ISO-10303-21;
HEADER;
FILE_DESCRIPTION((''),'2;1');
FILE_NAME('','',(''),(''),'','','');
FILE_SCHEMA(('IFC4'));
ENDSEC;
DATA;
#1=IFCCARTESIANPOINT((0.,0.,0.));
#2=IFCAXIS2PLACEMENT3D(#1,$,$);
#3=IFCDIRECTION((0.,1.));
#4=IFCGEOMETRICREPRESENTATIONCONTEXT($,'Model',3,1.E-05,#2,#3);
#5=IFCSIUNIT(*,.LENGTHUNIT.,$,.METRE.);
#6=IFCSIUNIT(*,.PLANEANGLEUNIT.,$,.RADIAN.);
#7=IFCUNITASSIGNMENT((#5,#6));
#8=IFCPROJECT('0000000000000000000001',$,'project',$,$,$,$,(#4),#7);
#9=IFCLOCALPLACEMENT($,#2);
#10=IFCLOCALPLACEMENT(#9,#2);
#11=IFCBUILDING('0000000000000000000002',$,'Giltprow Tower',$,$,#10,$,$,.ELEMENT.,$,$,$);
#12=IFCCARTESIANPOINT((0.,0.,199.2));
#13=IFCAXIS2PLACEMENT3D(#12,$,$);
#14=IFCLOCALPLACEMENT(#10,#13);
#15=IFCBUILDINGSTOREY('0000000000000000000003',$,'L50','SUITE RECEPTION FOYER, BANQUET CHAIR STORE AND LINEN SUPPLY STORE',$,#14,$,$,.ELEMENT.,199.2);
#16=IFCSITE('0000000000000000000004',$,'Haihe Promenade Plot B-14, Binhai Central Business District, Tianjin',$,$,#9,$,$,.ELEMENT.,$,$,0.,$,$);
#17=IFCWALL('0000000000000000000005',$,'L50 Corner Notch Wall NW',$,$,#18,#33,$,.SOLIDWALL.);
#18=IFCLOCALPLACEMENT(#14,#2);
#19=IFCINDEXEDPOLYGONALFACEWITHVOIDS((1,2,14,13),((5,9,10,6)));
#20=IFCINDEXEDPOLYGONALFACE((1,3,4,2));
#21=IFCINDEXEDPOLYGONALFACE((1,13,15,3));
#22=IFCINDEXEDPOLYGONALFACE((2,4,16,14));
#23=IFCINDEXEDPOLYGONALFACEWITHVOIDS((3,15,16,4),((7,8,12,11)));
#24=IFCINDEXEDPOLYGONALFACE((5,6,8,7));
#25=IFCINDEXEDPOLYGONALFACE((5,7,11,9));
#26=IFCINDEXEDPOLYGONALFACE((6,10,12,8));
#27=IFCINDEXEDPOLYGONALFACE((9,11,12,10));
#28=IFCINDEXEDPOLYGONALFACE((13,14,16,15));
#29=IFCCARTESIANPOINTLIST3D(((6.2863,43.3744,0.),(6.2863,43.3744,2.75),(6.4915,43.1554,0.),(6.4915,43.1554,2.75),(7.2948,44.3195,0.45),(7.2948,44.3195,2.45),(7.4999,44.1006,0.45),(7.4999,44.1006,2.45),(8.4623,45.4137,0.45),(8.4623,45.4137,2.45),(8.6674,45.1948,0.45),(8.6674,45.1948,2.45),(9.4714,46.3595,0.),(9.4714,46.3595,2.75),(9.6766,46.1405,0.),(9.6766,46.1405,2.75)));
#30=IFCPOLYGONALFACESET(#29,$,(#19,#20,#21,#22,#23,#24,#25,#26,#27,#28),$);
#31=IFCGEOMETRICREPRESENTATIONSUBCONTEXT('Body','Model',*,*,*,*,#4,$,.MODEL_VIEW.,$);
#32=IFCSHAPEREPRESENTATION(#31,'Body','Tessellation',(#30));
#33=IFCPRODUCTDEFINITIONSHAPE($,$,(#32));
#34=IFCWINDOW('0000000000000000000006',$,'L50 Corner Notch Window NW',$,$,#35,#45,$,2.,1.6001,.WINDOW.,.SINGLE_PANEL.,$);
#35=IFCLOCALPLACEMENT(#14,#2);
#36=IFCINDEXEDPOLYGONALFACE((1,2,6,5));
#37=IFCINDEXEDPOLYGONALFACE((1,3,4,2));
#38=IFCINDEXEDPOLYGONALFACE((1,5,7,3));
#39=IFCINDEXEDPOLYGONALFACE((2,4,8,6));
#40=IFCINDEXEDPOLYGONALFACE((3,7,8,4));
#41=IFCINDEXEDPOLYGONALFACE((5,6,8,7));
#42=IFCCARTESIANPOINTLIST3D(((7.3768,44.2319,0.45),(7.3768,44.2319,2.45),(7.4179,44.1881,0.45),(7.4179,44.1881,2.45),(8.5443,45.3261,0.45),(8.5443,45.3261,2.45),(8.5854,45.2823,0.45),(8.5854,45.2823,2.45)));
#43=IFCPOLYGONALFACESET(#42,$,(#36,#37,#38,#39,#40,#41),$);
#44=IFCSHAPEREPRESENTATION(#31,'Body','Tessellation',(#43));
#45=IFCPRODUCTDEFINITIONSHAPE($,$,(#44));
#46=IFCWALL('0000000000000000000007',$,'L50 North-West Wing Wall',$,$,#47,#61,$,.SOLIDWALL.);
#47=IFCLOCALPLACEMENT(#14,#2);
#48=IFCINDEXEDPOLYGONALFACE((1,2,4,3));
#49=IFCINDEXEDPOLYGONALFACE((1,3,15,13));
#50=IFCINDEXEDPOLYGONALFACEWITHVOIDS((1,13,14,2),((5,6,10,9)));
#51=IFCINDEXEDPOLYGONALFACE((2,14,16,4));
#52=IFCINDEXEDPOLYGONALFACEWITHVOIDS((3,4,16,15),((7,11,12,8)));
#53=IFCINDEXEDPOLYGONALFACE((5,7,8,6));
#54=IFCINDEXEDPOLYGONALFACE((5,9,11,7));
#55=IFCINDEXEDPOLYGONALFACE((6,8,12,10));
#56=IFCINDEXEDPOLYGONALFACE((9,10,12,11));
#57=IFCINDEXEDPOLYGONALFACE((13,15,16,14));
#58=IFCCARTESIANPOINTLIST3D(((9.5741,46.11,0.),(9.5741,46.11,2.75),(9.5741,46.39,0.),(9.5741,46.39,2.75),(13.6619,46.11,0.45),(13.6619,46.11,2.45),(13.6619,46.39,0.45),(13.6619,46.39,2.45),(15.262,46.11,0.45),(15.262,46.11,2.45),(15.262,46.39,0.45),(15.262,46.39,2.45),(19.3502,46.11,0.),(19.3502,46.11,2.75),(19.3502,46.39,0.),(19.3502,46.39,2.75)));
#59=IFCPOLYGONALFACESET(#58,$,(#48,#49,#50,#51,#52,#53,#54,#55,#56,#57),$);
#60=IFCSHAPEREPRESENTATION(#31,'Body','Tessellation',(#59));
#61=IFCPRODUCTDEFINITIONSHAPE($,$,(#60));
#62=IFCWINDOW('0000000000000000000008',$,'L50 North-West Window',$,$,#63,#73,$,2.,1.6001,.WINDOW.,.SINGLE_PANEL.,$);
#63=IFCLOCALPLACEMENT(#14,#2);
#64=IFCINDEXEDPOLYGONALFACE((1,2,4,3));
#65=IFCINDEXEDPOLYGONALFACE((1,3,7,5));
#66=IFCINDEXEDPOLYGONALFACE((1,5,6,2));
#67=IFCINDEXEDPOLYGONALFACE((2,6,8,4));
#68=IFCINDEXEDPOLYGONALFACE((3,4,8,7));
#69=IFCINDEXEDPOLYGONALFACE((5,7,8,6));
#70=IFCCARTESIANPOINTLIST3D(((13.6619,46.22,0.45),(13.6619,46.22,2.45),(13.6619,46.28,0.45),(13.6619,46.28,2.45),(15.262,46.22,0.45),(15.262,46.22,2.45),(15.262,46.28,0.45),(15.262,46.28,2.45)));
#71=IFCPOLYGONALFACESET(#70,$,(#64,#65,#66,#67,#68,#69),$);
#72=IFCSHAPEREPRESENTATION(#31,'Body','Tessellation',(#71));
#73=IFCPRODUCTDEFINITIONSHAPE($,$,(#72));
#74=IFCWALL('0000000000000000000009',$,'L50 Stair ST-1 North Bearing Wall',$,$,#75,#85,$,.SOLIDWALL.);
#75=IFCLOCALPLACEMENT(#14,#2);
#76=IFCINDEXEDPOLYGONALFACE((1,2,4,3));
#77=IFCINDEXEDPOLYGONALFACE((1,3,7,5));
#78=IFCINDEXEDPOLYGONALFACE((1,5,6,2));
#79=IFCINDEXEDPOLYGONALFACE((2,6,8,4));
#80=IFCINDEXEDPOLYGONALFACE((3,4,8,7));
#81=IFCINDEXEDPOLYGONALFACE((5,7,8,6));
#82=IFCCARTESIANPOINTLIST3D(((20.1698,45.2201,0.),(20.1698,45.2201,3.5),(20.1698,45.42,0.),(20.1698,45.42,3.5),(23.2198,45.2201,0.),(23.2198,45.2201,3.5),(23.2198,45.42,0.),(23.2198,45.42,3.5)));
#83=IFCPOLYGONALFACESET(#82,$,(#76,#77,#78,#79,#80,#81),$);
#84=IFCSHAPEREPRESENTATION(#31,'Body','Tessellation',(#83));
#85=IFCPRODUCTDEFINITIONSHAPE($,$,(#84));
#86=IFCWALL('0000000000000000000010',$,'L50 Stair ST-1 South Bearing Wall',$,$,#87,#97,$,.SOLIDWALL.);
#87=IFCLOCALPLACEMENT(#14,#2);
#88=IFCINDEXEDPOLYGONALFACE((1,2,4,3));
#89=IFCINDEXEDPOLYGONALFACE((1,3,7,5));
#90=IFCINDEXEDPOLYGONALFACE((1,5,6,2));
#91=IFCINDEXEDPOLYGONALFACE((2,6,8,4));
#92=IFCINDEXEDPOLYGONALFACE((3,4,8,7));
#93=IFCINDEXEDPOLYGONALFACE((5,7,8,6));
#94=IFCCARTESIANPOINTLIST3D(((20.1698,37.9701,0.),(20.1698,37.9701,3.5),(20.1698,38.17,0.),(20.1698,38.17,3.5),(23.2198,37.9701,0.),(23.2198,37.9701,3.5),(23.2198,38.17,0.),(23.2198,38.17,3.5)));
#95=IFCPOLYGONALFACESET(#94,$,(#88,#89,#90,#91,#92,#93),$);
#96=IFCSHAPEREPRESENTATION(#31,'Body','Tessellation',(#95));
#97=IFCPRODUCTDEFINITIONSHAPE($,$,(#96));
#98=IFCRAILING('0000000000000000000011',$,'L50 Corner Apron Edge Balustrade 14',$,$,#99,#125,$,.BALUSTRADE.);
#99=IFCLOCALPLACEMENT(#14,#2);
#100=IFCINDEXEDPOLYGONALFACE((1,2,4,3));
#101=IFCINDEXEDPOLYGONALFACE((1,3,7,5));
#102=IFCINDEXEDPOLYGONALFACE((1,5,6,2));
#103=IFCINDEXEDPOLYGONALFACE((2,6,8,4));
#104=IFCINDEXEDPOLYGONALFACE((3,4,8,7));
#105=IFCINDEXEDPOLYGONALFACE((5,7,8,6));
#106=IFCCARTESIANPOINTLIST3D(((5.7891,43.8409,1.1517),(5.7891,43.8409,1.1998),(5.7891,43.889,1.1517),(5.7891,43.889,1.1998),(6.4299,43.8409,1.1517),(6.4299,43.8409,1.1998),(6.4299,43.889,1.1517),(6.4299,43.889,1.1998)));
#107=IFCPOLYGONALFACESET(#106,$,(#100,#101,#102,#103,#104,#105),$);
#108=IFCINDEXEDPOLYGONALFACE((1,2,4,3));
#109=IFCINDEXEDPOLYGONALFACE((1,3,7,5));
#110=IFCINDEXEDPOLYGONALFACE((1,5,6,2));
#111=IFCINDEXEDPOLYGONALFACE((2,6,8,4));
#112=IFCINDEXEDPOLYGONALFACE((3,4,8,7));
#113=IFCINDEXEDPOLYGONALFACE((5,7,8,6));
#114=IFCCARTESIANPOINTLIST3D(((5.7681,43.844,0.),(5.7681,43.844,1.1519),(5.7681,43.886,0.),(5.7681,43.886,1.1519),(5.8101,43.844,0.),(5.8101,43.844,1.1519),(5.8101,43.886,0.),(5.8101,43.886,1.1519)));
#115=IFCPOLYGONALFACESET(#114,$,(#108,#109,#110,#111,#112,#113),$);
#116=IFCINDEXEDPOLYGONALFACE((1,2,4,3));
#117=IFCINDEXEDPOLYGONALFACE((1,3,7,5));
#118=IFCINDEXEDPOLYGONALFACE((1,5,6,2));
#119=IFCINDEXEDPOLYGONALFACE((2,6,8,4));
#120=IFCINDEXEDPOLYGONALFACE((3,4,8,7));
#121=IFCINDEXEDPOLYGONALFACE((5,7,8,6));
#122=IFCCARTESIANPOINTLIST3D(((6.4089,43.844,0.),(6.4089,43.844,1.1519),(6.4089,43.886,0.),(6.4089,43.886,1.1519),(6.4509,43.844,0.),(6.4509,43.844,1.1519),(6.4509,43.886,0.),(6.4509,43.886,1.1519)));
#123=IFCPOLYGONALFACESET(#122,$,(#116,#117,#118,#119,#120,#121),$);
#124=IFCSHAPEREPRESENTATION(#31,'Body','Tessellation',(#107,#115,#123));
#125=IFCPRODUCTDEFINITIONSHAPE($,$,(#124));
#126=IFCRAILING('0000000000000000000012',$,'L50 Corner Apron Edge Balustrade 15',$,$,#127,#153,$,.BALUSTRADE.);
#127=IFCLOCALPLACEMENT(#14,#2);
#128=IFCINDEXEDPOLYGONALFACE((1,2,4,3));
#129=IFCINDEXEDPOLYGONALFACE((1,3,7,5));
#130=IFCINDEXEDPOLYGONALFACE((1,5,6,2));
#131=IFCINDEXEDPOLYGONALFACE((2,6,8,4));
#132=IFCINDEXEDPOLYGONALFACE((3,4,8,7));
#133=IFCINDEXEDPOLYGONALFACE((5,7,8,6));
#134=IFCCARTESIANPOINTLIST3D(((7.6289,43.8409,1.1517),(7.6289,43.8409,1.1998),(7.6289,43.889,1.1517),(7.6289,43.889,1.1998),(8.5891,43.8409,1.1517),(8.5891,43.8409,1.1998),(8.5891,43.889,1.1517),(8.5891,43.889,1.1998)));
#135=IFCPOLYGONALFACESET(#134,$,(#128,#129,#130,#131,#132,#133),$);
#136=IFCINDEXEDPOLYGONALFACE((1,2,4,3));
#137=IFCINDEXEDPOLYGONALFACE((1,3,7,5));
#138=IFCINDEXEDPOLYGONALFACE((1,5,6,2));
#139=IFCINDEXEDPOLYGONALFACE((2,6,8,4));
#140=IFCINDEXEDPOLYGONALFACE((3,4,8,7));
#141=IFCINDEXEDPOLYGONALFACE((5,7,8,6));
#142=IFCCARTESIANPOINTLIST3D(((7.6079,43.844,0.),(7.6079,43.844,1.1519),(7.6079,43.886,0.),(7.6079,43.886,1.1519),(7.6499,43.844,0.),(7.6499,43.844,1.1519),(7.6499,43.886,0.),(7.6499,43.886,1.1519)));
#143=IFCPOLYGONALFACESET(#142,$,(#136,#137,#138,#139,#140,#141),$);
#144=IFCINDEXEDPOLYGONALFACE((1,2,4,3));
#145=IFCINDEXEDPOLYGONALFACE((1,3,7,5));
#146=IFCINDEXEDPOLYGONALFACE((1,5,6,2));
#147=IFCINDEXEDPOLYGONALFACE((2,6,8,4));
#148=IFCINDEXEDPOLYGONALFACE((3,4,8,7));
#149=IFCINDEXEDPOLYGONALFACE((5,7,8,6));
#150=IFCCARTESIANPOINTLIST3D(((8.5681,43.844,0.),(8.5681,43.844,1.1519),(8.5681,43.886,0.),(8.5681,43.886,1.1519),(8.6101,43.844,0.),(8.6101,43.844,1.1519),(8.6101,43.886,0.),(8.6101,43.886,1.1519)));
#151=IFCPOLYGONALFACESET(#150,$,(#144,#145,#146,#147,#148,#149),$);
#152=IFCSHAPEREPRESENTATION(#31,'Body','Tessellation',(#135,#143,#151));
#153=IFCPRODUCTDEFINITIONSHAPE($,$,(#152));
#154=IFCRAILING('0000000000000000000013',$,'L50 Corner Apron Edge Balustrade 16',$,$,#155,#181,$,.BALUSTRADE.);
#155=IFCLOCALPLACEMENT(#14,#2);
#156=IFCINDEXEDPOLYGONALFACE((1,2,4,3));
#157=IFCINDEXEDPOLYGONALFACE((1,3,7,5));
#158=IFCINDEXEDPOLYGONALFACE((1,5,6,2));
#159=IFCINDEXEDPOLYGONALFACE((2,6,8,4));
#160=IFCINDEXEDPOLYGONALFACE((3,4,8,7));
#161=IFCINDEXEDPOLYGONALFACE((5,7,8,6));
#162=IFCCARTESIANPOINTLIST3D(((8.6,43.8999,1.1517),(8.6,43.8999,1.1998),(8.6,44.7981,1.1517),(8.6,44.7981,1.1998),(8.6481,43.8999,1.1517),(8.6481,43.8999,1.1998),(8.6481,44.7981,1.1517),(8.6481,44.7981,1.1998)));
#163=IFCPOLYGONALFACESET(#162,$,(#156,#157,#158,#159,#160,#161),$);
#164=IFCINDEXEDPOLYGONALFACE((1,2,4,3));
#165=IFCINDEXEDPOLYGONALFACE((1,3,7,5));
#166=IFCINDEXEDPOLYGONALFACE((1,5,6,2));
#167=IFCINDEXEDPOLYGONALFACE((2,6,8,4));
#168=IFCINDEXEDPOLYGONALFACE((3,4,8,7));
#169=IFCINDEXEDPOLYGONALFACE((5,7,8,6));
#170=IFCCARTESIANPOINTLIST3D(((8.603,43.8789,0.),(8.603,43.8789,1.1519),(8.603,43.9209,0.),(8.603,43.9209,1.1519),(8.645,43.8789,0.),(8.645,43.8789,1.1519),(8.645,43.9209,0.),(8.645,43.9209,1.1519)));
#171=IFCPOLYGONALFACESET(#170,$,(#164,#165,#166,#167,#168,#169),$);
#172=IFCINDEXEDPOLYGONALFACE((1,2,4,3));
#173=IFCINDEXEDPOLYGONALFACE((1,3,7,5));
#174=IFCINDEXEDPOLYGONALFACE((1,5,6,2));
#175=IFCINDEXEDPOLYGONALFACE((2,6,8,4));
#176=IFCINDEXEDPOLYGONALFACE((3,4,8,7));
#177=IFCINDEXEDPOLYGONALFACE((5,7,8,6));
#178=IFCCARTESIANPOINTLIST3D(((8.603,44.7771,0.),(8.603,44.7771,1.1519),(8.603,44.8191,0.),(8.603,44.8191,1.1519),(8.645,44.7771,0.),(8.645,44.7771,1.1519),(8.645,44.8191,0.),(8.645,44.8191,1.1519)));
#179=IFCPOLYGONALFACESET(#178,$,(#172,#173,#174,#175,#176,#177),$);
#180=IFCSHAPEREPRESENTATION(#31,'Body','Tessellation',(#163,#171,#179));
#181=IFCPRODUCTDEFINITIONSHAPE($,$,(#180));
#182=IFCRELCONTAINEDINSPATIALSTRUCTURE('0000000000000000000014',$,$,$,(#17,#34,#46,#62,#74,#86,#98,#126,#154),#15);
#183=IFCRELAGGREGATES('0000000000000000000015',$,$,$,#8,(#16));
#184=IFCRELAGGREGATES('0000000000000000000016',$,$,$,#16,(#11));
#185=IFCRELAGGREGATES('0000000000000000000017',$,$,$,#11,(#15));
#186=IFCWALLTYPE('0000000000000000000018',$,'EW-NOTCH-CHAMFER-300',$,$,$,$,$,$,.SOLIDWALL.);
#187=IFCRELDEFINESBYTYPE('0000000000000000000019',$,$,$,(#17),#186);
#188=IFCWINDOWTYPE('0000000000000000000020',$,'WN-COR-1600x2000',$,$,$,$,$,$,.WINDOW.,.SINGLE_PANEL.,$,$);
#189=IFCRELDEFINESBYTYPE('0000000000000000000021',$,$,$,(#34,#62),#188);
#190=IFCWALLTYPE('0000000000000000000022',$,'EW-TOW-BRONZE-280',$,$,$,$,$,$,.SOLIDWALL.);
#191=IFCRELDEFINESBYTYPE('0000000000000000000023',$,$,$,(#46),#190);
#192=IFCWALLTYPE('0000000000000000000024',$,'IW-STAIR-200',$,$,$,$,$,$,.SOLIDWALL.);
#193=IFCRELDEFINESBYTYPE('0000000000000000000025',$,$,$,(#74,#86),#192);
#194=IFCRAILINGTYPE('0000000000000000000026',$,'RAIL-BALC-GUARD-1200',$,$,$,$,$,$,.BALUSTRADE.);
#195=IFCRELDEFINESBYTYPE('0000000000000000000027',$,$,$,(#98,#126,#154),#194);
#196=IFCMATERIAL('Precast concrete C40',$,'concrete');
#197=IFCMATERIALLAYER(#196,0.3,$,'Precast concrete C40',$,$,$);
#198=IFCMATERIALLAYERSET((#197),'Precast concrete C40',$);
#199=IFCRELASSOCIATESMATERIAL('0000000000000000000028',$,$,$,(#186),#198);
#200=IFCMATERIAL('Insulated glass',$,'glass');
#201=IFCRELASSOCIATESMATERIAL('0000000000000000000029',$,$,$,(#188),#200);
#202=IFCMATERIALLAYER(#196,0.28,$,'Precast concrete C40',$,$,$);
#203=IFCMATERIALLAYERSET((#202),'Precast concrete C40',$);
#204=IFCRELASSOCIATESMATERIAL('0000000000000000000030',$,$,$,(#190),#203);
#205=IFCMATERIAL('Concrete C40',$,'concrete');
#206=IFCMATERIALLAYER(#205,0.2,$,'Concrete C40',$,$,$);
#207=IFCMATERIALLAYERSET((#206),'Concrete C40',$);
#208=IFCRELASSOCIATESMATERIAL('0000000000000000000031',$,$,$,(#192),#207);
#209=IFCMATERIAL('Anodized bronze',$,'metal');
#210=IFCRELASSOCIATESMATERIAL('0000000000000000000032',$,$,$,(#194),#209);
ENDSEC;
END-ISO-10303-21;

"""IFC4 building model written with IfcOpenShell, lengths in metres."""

from ifc_helpers import new_model, si_unit, direction, frame, frame_2d, origin, origin_2d, place, context, subcontext, project, spatial, rectangle, extrude, source, transform, mapped, material, layer, layer_set, type_object, element, fill, save


model = new_model("IFC4")

# Units and contexts
model_context = context("Model", 3, precision=1e-05, world=origin(), true_north=direction((0.0, 1.0)))
body_context = subcontext(model_context, "Body", "Model", "MODEL_VIEW")
ifc_project = project(units=[si_unit("LENGTHUNIT", "METRE"), si_unit("PLANEANGLEUNIT", "RADIAN")], contexts=[model_context])

# Site, building, storey
site_placement = place(None, origin())
site = spatial("IfcSite", under=ifc_project, at=site_placement, Name="Haihe Promenade Plot B-14, Binhai Central Business District, Tianjin", CompositionType="ELEMENT", RefElevation=0.0)
building_placement = place(site_placement, origin())
building = spatial("IfcBuilding", under=site, at=building_placement, Name="Giltprow Tower", CompositionType="ELEMENT")
storey_placement = place(building_placement, frame((0.0, 0.0, 199.2)))
storey = spatial("IfcBuildingStorey", under=building, at=storey_placement, Name="L50", Description="SUITE RECEPTION FOYER, BANQUET CHAIR STORE AND LINEN SUPPLY STORE", CompositionType="ELEMENT", Elevation=199.2)

# Walls, openings, windows
ifc_material_1 = material(Name="Precast concrete C40", Category="concrete")
ifc_layer_1 = layer(ifc_material_1, 0.3, Name="Precast concrete C40")
ifc_layer_set_1 = layer_set([ifc_layer_1], Name="Precast concrete C40")
wall_type_1 = type_object("IfcWallType", Name="EW-NOTCH-CHAMFER-300", PredefinedType="SOLIDWALL", material=ifc_layer_set_1)
wall_1_placement = place(storey_placement, frame((9.574, 46.25, 0.0), z_axis=(0.0, 0.0, 1.0), x_axis=(-0.729638, -0.683833, 0.0)))
wall_1 = element("IfcWall", 1, at=wall_1_placement, inside=storey, type_object=wall_type_1, Name="L50 Corner Notch Wall NW", PredefinedType="SOLIDWALL", context=body_context, shape_type="SweptSolid", body=[
    extrude(rectangle(XDim=4.3652, YDim=0.3, at=frame_2d((2.1826, 0.0))), origin(), (0.0, 0.0, 1.0), 2.75),
])
opening_1_placement = place(wall_1_placement, frame((1.3831, 0.0, 0.45)))
opening_1 = element("IfcOpeningElement", 2, at=opening_1_placement, cuts=wall_1, PredefinedType="OPENING", context=body_context, shape_type="SweptSolid", body=[
    extrude(rectangle(XDim=1.6001, YDim=2.0, at=frame_2d((0.8, 1.0))), frame((0.0, 0.1599, 0.0), z_axis=(0.0, -1.0, 0.0), x_axis=(1.0, 0.0, 0.0)), (0.0, 0.0, 1.0), 0.3201),
])
ifc_material_2 = material(Name="Insulated glass", Category="glass")
window_type = type_object("IfcWindowType", Name="WN-COR-1600x2000", PartitioningType="SINGLE_PANEL", PredefinedType="WINDOW", material=ifc_material_2)
shared_shape_1 = source(origin(), body_context, "Body", "SweptSolid", [
    extrude(rectangle(XDim=1.6001, YDim=2.0, at=frame_2d((0.8, 1.0))), frame((0.0, 0.03, 0.0), z_axis=(0.0, -1.0, 0.0), x_axis=(1.0, 0.0, 0.0)), (0.0, 0.0, 1.0), 0.0601),
])
window_1_placement = place(opening_1_placement, origin())
window_1 = element("IfcWindow", 3, at=window_1_placement, inside=storey, type_object=window_type, Name="L50 Corner Notch Window NW", OverallHeight=2.0, OverallWidth=1.6001, PartitioningType="SINGLE_PANEL", PredefinedType="WINDOW", context=body_context, shape_type="MappedRepresentation", body=[
    mapped(shared_shape_1, transform((0.0, 0.0, 0.0), x_axis=(1.0, 0.0, 0.0), y_axis=(0.0, 1.0, 0.0), z_axis=(0.0, 0.0, 1.0), scale=1.0)),
])
fill(opening_1, window_1)
ifc_layer_2 = layer(ifc_material_1, 0.28, Name="Precast concrete C40")
ifc_layer_set_2 = layer_set([ifc_layer_2], Name="Precast concrete C40")
wall_type_2 = type_object("IfcWallType", Name="EW-TOW-BRONZE-280", PredefinedType="SOLIDWALL", material=ifc_layer_set_2)
wall_2_placement = place(storey_placement, frame((9.574, 46.25, 0.0), z_axis=(0.0, 0.0, 1.0), x_axis=(1.0, 0.0, 0.0)))
wall_2 = element("IfcWall", 4, at=wall_2_placement, inside=storey, type_object=wall_type_2, Name="L50 North-West Wing Wall", PredefinedType="SOLIDWALL", context=body_context, shape_type="SweptSolid", body=[
    extrude(rectangle(XDim=9.7761, YDim=0.28, at=frame_2d((4.8882, 0.0))), origin(), (0.0, 0.0, 1.0), 2.75),
])
opening_2_placement = place(wall_2_placement, frame((4.0879, 0.0, 0.45)))
opening_2 = element("IfcOpeningElement", 5, at=opening_2_placement, cuts=wall_2, PredefinedType="OPENING", context=body_context, shape_type="SweptSolid", body=[
    extrude(rectangle(XDim=1.6001, YDim=2.0, at=frame_2d((0.8, 1.0))), frame((0.0, 0.1499, 0.0), z_axis=(0.0, -1.0, 0.0), x_axis=(1.0, 0.0, 0.0)), (0.0, 0.0, 1.0), 0.3),
])
window_2_placement = place(opening_2_placement, origin())
window_2 = element("IfcWindow", 6, at=window_2_placement, inside=storey, type_object=window_type, Name="L50 North-West Window", OverallHeight=2.0, OverallWidth=1.6001, PartitioningType="SINGLE_PANEL", PredefinedType="WINDOW", context=body_context, shape_type="MappedRepresentation", body=[
    mapped(shared_shape_1, transform((0.0, 0.0, 0.0), x_axis=(1.0, 0.0, 0.0), y_axis=(0.0, 1.0, 0.0), z_axis=(0.0, 0.0, 1.0), scale=1.0)),
])
fill(opening_2, window_2)

# Walls
ifc_material_3 = material(Name="Concrete C40", Category="concrete")
ifc_layer_3 = layer(ifc_material_3, 0.2, Name="Concrete C40")
ifc_layer_set_3 = layer_set([ifc_layer_3], Name="Concrete C40")
wall_type_3 = type_object("IfcWallType", Name="IW-STAIR-200", PredefinedType="SOLIDWALL", material=ifc_layer_set_3)
for number, where, z_axis, x_axis, name in (
    (7, (20.1699, 45.3201, 0.0), (0.0, 0.0, 1.0), (1.0, 0.0, 0.0), "L50 Stair ST-1 North Bearing Wall"),
    (8, (20.1699, 38.0701, 0.0), (0.0, 0.0, 1.0), (1.0, 0.0, 0.0), "L50 Stair ST-1 South Bearing Wall"),
):
    element("IfcWall", number, at=place(storey_placement, frame(where, z_axis=z_axis, x_axis=x_axis)), inside=storey, type_object=wall_type_3, Name=name, PredefinedType="SOLIDWALL", context=body_context, shape_type="SweptSolid", body=[
        extrude(rectangle(XDim=3.05, YDim=0.2, at=frame_2d((1.5249, 0.0))), origin(), (0.0, 0.0, 1.0), 3.5),
    ])

# Railings
ifc_material_4 = material(Name="Anodized bronze", Category="metal")
railing_type = type_object("IfcRailingType", Name="RAIL-BALC-GUARD-1200", PredefinedType="BALUSTRADE", material=ifc_material_4)
railing_1_placement = place(storey_placement, frame((5.7891, 43.865, 0.0)))
element("IfcRailing", 9, at=railing_1_placement, inside=storey, type_object=railing_type, Name="L50 Corner Apron Edge Balustrade 14", PredefinedType="BALUSTRADE", context=body_context, shape_type="SweptSolid", body=[
    extrude(rectangle(XDim=0.0481, YDim=0.0481, at=origin_2d()), frame((0.0, 0.0, 1.1758), z_axis=(1.0, 0.0, 0.0), x_axis=(0.0, 1.0, 0.0)), (0.0, 0.0, 1.0), 0.6409),
    extrude(rectangle(XDim=0.042, YDim=0.042, at=origin_2d()), origin(), (0.0, 0.0, 1.0), 1.1519),
    extrude(rectangle(XDim=0.042, YDim=0.042, at=origin_2d()), frame((0.6409, 0.0, 0.0)), (0.0, 0.0, 1.0), 1.1519),
])
railing_2_placement = place(storey_placement, frame((7.6289, 43.865, 0.0)))
element("IfcRailing", 10, at=railing_2_placement, inside=storey, type_object=railing_type, Name="L50 Corner Apron Edge Balustrade 15", PredefinedType="BALUSTRADE", context=body_context, shape_type="SweptSolid", body=[
    extrude(rectangle(XDim=0.0481, YDim=0.0481, at=origin_2d()), frame((0.0, 0.0, 1.1758), z_axis=(1.0, 0.0, 0.0), x_axis=(0.0, 1.0, 0.0)), (0.0, 0.0, 1.0), 0.9602),
    extrude(rectangle(XDim=0.042, YDim=0.042, at=origin_2d()), origin(), (0.0, 0.0, 1.0), 1.1519),
    extrude(rectangle(XDim=0.042, YDim=0.042, at=origin_2d()), frame((0.9602, 0.0, 0.0)), (0.0, 0.0, 1.0), 1.1519),
])
railing_3_placement = place(storey_placement, frame((8.624, 43.8999, 0.0)))
element("IfcRailing", 11, at=railing_3_placement, inside=storey, type_object=railing_type, Name="L50 Corner Apron Edge Balustrade 16", PredefinedType="BALUSTRADE", context=body_context, shape_type="SweptSolid", body=[
    extrude(rectangle(XDim=0.0481, YDim=0.0481, at=origin_2d()), frame((0.0, 0.0, 1.1758), z_axis=(0.0, 1.0, 0.0), x_axis=(-1.0, 0.0, 0.0)), (0.0, 0.0, 1.0), 0.8982),
    extrude(rectangle(XDim=0.042, YDim=0.042, at=origin_2d()), origin(), (0.0, 0.0, 1.0), 1.1519),
    extrude(rectangle(XDim=0.042, YDim=0.042, at=origin_2d()), frame((0.0, 0.8982, 0.0)), (0.0, 0.0, 1.0), 1.1519),
])

save(model, "model.ifc")
